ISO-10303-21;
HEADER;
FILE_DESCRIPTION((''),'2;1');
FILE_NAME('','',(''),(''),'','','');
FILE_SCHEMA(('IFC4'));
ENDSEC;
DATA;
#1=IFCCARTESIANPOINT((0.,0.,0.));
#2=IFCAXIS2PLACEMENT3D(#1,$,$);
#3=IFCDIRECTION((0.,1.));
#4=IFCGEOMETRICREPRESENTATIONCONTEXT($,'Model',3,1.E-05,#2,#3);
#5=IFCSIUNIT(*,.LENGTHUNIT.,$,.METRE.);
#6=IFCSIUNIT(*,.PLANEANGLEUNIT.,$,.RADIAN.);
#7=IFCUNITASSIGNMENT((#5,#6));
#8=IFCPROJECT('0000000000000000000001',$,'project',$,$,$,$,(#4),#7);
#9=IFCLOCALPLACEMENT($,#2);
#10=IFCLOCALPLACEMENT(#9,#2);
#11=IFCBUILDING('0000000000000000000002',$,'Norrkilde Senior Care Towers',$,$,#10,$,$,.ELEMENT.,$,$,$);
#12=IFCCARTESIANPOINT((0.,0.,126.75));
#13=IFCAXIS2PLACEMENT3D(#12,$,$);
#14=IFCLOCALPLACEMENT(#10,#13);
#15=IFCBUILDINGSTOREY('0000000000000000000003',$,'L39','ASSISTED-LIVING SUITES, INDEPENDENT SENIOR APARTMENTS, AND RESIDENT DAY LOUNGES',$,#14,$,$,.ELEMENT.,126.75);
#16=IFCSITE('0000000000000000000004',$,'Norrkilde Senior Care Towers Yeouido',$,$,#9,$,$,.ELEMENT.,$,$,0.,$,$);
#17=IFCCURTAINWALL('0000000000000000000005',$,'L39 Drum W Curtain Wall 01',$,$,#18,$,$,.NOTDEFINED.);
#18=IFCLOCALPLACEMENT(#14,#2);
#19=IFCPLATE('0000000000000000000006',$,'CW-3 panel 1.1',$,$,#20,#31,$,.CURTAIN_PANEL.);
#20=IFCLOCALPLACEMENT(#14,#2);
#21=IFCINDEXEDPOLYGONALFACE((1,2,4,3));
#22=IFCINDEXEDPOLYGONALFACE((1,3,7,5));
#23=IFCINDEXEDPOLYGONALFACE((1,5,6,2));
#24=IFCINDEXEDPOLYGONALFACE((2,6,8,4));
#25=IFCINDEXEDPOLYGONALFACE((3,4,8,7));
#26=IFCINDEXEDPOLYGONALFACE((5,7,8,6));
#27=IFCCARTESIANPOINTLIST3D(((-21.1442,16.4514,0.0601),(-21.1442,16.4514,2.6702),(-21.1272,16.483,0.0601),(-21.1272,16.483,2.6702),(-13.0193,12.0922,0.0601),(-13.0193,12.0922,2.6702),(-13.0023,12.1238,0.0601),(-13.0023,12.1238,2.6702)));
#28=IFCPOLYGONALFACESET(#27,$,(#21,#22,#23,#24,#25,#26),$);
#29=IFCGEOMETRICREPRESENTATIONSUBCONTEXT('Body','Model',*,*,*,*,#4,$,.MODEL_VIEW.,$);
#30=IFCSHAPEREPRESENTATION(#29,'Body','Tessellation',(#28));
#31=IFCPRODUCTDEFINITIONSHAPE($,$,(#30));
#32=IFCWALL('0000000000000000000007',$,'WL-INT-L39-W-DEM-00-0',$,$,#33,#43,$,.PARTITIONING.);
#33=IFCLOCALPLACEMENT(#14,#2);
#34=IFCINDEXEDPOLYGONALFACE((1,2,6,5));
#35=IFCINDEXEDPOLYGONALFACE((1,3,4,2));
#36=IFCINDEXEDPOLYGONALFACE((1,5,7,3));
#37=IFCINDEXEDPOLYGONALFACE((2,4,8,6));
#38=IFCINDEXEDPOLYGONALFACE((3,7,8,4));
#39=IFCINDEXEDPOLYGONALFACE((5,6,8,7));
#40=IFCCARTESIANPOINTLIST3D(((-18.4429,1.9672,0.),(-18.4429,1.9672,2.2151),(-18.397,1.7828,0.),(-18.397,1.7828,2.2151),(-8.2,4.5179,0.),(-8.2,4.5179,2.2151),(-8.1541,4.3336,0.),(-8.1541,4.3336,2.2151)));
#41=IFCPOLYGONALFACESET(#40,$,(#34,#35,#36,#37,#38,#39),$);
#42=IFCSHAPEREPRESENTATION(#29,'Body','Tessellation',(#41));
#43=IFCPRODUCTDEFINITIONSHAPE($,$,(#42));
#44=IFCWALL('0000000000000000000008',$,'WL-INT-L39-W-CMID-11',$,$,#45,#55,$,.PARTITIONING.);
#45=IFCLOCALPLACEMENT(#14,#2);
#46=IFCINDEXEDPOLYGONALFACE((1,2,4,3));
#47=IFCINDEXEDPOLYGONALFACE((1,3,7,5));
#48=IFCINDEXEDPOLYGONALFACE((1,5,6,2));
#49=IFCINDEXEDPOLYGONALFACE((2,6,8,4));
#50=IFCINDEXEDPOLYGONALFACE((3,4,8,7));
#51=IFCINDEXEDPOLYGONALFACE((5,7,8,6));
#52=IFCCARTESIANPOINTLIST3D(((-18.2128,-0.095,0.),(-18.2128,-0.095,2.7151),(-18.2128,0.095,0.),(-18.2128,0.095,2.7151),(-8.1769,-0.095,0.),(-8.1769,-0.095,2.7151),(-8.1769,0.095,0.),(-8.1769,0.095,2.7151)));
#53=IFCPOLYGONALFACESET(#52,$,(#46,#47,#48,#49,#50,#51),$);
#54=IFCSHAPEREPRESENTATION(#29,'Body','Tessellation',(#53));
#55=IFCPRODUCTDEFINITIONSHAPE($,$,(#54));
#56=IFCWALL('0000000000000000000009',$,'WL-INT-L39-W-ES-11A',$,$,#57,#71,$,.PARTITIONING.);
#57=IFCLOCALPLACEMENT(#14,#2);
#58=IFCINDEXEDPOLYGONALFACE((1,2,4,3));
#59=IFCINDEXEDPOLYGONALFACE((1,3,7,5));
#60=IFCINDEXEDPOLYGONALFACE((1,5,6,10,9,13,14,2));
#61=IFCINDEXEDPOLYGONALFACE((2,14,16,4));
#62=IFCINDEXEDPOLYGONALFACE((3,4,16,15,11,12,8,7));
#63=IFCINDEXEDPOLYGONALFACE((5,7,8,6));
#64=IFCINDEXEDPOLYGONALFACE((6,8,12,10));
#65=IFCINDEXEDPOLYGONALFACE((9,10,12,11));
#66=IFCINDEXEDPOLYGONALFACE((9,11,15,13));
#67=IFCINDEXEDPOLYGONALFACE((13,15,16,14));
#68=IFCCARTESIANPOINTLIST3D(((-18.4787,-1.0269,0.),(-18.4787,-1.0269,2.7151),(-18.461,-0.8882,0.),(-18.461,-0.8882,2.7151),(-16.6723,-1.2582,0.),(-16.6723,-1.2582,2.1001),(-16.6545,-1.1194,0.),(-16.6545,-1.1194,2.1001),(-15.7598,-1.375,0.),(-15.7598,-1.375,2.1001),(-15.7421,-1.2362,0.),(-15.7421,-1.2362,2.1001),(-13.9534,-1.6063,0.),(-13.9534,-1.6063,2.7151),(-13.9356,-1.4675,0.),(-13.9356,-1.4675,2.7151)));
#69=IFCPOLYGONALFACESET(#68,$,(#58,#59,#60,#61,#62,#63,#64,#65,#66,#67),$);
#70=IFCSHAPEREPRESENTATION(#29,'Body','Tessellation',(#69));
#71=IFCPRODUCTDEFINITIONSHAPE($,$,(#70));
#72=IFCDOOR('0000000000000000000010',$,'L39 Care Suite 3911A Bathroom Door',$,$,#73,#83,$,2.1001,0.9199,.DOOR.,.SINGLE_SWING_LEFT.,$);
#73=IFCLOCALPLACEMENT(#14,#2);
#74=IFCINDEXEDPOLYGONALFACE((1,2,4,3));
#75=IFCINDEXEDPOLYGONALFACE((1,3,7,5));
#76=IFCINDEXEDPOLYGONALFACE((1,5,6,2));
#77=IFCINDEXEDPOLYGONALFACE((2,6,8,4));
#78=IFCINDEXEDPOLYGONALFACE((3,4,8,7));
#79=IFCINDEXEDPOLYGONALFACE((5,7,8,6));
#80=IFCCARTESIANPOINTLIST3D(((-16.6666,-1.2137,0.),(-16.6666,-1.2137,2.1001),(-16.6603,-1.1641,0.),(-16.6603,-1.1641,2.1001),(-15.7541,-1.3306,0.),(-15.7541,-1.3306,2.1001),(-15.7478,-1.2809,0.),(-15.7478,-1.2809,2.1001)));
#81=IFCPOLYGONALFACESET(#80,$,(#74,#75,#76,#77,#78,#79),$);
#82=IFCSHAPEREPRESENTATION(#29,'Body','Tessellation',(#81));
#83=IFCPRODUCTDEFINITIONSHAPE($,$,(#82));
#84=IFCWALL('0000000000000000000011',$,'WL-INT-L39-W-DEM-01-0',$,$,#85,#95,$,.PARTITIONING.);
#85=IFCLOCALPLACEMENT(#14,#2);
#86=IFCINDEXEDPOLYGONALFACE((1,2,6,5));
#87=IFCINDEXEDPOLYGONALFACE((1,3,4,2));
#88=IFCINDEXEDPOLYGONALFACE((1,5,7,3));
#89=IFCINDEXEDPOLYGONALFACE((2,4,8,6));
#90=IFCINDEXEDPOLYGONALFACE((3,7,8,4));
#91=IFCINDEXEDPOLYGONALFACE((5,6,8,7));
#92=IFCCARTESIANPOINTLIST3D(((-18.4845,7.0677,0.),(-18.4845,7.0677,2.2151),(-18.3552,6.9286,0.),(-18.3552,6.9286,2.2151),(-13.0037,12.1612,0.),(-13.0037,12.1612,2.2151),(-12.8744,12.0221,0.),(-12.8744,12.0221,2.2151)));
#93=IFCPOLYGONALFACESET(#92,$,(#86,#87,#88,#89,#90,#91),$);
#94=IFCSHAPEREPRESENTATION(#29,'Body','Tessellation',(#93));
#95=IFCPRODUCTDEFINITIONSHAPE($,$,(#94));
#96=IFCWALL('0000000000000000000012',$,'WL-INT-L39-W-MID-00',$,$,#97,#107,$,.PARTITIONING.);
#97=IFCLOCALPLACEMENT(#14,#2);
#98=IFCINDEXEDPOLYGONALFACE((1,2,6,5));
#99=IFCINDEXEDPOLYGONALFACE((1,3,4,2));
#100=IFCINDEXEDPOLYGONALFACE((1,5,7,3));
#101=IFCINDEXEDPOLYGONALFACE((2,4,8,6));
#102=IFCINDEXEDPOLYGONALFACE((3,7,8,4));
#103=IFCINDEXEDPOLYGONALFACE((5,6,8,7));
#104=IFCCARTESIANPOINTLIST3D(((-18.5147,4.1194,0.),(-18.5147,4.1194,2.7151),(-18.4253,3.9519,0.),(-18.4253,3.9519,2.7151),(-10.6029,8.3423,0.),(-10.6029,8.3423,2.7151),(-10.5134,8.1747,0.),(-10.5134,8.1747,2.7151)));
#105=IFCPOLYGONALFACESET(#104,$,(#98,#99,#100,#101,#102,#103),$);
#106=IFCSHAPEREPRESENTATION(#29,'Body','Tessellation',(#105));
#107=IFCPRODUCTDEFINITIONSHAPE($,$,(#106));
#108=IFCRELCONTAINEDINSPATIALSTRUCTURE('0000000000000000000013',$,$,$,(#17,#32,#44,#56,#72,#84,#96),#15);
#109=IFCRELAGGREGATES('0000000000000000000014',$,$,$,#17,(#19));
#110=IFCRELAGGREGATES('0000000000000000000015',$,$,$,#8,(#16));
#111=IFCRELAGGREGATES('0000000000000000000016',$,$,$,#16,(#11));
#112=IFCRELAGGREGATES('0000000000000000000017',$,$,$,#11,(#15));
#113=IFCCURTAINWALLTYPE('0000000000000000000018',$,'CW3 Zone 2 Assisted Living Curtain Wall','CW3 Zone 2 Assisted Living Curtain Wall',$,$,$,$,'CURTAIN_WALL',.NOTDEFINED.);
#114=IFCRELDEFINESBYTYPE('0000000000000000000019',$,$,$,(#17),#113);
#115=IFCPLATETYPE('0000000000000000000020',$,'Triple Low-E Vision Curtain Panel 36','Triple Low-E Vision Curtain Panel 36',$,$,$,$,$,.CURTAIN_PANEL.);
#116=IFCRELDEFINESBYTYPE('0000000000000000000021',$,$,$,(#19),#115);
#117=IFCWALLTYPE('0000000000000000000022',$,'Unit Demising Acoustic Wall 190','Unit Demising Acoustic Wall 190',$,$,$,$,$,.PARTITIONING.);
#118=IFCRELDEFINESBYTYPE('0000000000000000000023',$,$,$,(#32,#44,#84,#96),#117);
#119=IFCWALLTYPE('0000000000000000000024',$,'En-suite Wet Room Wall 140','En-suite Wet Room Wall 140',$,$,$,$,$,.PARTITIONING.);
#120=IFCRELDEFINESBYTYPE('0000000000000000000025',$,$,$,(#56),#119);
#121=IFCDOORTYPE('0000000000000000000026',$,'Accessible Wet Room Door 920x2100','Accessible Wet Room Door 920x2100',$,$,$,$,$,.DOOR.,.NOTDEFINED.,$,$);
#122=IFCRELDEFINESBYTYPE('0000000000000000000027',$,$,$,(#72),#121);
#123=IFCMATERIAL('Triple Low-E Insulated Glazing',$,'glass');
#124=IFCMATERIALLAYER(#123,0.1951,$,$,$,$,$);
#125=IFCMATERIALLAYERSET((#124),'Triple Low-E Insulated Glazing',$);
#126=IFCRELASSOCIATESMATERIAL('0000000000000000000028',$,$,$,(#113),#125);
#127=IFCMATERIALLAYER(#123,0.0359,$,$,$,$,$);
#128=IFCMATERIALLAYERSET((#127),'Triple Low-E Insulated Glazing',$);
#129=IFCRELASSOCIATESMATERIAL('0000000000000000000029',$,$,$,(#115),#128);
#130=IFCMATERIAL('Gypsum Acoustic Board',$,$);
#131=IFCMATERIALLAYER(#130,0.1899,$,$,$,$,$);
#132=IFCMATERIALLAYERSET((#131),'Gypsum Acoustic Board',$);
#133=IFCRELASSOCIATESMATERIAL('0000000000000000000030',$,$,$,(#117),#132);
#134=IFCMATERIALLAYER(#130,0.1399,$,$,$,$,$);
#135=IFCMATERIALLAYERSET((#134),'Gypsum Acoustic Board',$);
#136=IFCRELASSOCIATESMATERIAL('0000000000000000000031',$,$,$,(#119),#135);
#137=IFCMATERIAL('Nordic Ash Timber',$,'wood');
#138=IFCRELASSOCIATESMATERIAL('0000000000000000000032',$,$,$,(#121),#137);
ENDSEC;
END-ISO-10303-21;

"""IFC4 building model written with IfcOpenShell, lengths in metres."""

from ifc_helpers import new_model, si_unit, direction, frame, frame_2d, origin, origin_2d, place, context, subcontext, project, spatial, rectangle, extrude, source, transform, mapped, material, layer, layer_set, type_object, type_shapes, element, fill, aggregate, save


model = new_model("IFC4")

# Units and contexts
model_context = context("Model", 3, precision=1e-05, world=origin(), true_north=direction((0.0, 1.0)))
body_context = subcontext(model_context, "Body", "Model", "MODEL_VIEW")
ifc_project = project(units=[si_unit("LENGTHUNIT", "METRE"), si_unit("PLANEANGLEUNIT", "RADIAN")], contexts=[model_context])

# Site, building, storey
site_placement = place(None, origin())
site = spatial("IfcSite", under=ifc_project, at=site_placement, Name="Norrkilde Senior Care Towers Yeouido", CompositionType="ELEMENT", RefElevation=0.0)
building_placement = place(site_placement, origin())
building = spatial("IfcBuilding", under=site, at=building_placement, Name="Norrkilde Senior Care Towers", CompositionType="ELEMENT")
storey_placement = place(building_placement, frame((0.0, 0.0, 126.75)))
storey = spatial("IfcBuildingStorey", under=building, at=storey_placement, Name="L39", Description="ASSISTED-LIVING SUITES, INDEPENDENT SENIOR APARTMENTS, AND RESIDENT DAY LOUNGES", CompositionType="ELEMENT", Elevation=126.75)

# Shared definitions
ifc_material_1 = material(Name="Triple Low-E Insulated Glazing", Category="glass")
ifc_layer_1 = layer(ifc_material_1, 0.1951)
ifc_layer_set_1 = layer_set([ifc_layer_1], Name="Triple Low-E Insulated Glazing")
curtain_wall_type = type_object("IfcCurtainWallType", Name="CW3 Zone 2 Assisted Living Curtain Wall", Description="CW3 Zone 2 Assisted Living Curtain Wall", ElementType="CURTAIN_WALL", PredefinedType="NOTDEFINED", material=ifc_layer_set_1)

# Curtain wall, plate
curtain_wall_1_placement = place(storey_placement, origin())
curtain_wall_1 = element("IfcCurtainWall", 1, at=curtain_wall_1_placement, inside=storey, type_object=curtain_wall_type, Name="L39 Drum W Curtain Wall 01", PredefinedType="NOTDEFINED")
ifc_layer_2 = layer(ifc_material_1, 0.0359)
ifc_layer_set_2 = layer_set([ifc_layer_2], Name="Triple Low-E Insulated Glazing")
plate_type = type_object("IfcPlateType", Name="Triple Low-E Vision Curtain Panel 36", Description="Triple Low-E Vision Curtain Panel 36", PredefinedType="CURTAIN_PANEL", material=ifc_layer_set_2)
shared_shape_1 = source(origin(), body_context, "Body", "SweptSolid", [
    extrude(rectangle(XDim=9.2205, YDim=0.0359, at=origin_2d()), origin(), (0.0, 0.0, 1.0), 2.6101),
])
type_shapes(plate_type, [shared_shape_1])
plate_placement = place(storey_placement, frame((-17.0732, 14.2876, 0.0601), z_axis=(0.0, 0.0, 1.0), x_axis=(0.881186, -0.472769, 0.0)))
plate = element("IfcPlate", 2, at=plate_placement, type_object=plate_type, Name="CW-3 panel 1.1", PredefinedType="CURTAIN_PANEL", context=body_context, shape_type="MappedRepresentation", body=[
    mapped(shared_shape_1, transform((0.0, 0.0, 0.0), x_axis=(1.0, 0.0, 0.0), y_axis=(0.0, 1.0, 0.0), z_axis=(0.0, 0.0, 1.0), scale=1.0)),
])
aggregate(curtain_wall_1, [plate])

# Shared definitions
ifc_material_2 = material(Name="Gypsum Acoustic Board")
ifc_material_3 = material(Name="Nordic Ash Timber", Category="wood")

# Walls
ifc_layer_3 = layer(ifc_material_2, 0.1899)
ifc_layer_set_3 = layer_set([ifc_layer_3], Name="Gypsum Acoustic Board")
wall_type_1 = type_object("IfcWallType", Name="Unit Demising Acoustic Wall 190", Description="Unit Demising Acoustic Wall 190", PredefinedType="PARTITIONING", material=ifc_layer_set_3)
shared_shape_2 = source(origin(), body_context, "Body", "SweptSolid", [
    extrude(rectangle(XDim=10.5557, YDim=0.1899, at=frame_2d((5.2778, 0.0))), origin(), (0.0, 0.0, 1.0), 2.2151),
])
wall_1_placement = place(storey_placement, frame((-18.4199, 1.875, 0.0), z_axis=(0.0, 0.0, 1.0), x_axis=(0.970364, 0.241648, 0.0)))
element("IfcWall", 3, at=wall_1_placement, inside=storey, type_object=wall_type_1, Name="WL-INT-L39-W-DEM-00-0", PredefinedType="PARTITIONING", context=body_context, shape_type="MappedRepresentation", body=[
    mapped(shared_shape_2, transform((0.0, 0.0, 0.0), x_axis=(1.0, 0.0, 0.0), y_axis=(0.0, 1.0, 0.0), z_axis=(0.0, 0.0, 1.0), scale=1.0)),
])
shared_shape_3 = source(origin(), body_context, "Body", "SweptSolid", [
    extrude(rectangle(XDim=10.0359, YDim=0.1899, at=frame_2d((5.0181, 0.0))), origin(), (0.0, 0.0, 1.0), 2.7151),
])
wall_2_placement = place(storey_placement, frame((-18.2129, 0.0, 0.0), z_axis=(0.0, 0.0, 1.0), x_axis=(1.0, 0.0, 0.0)))
element("IfcWall", 4, at=wall_2_placement, inside=storey, type_object=wall_type_1, Name="WL-INT-L39-W-CMID-11", PredefinedType="PARTITIONING", context=body_context, shape_type="MappedRepresentation", body=[
    mapped(shared_shape_3, transform((0.0, 0.0, 0.0), x_axis=(1.0, 0.0, 0.0), y_axis=(0.0, 1.0, 0.0), z_axis=(0.0, 0.0, 1.0), scale=1.0)),
])

# Wall, opening, door
ifc_layer_4 = layer(ifc_material_2, 0.1399)
ifc_layer_set_4 = layer_set([ifc_layer_4], Name="Gypsum Acoustic Board")
wall_type_2 = type_object("IfcWallType", Name="En-suite Wet Room Wall 140", Description="En-suite Wet Room Wall 140", PredefinedType="PARTITIONING", material=ifc_layer_set_4)
shared_shape_4 = source(origin(), body_context, "Body", "SweptSolid", [
    extrude(rectangle(XDim=4.5623, YDim=0.1399, at=frame_2d((2.2812, 0.0))), origin(), (0.0, 0.0, 1.0), 2.7151),
])
type_shapes(wall_type_2, [shared_shape_4])
wall_3_placement = place(storey_placement, frame((-18.47, -0.9575, 0.0), z_axis=(0.0, 0.0, 1.0), x_axis=(0.991905, -0.126985, 0.0)))
wall_3 = element("IfcWall", 5, at=wall_3_placement, inside=storey, type_object=wall_type_2, Name="WL-INT-L39-W-ES-11A", PredefinedType="PARTITIONING", context=body_context, shape_type="MappedRepresentation", body=[
    mapped(shared_shape_4, transform((0.0, 0.0, 0.0), x_axis=(1.0, 0.0, 0.0), y_axis=(0.0, 1.0, 0.0), z_axis=(0.0, 0.0, 1.0), scale=1.0)),
])
opening_1_placement = place(wall_3_placement, frame((1.8213, 0.0, 0.0)))
opening_1 = element("IfcOpeningElement", 6, at=opening_1_placement, cuts=wall_3, PredefinedType="OPENING", context=body_context, shape_type="SweptSolid", body=[
    extrude(rectangle(XDim=0.9199, YDim=2.1001, at=frame_2d((0.46, 1.05))), frame((0.0, 0.0798, 0.0), z_axis=(0.0, -1.0, 0.0), x_axis=(1.0, 0.0, 0.0)), (0.0, 0.0, 1.0), 0.1599),
])
door_type_1 = type_object("IfcDoorType", Name="Accessible Wet Room Door 920x2100", Description="Accessible Wet Room Door 920x2100", OperationType="NOTDEFINED", PredefinedType="DOOR", material=ifc_material_3)
shared_shape_5 = source(origin(), body_context, "Body", "SweptSolid", [
    extrude(rectangle(XDim=0.9199, YDim=2.1001, at=frame_2d((0.46, 1.05))), frame((0.0, 0.0249, 0.0), z_axis=(0.0, -1.0, 0.0), x_axis=(1.0, 0.0, 0.0)), (0.0, 0.0, 1.0), 0.05),
])
type_shapes(door_type_1, [shared_shape_5])
door_1_placement = place(opening_1_placement, origin())
door_1 = element("IfcDoor", 7, at=door_1_placement, inside=storey, type_object=door_type_1, Name="L39 Care Suite 3911A Bathroom Door", OperationType="SINGLE_SWING_LEFT", OverallHeight=2.1001, OverallWidth=0.9199, PredefinedType="DOOR", context=body_context, shape_type="MappedRepresentation", body=[
    mapped(shared_shape_5, transform((0.0, 0.0, 0.0), x_axis=(1.0, 0.0, 0.0), y_axis=(0.0, 1.0, 0.0), z_axis=(0.0, 0.0, 1.0), scale=1.0)),
])
fill(opening_1, door_1)

# Walls
shared_shape_6 = source(origin(), body_context, "Body", "SweptSolid", [
    extrude(rectangle(XDim=7.4822, YDim=0.1899, at=frame_2d((3.7412, 0.0))), origin(), (0.0, 0.0, 1.0), 2.2151),
])
wall_4_placement = place(storey_placement, frame((-18.4199, 6.998, 0.0), z_axis=(0.0, 0.0, 1.0), x_axis=(0.732509, 0.680758, 0.0)))
element("IfcWall", 8, at=wall_4_placement, inside=storey, type_object=wall_type_1, Name="WL-INT-L39-W-DEM-01-0", PredefinedType="PARTITIONING", context=body_context, shape_type="MappedRepresentation", body=[
    mapped(shared_shape_6, transform((0.0, 0.0, 0.0), x_axis=(1.0, 0.0, 0.0), y_axis=(0.0, 1.0, 0.0), z_axis=(0.0, 0.0, 1.0), scale=1.0)),
])
shared_shape_7 = source(origin(), body_context, "Body", "SweptSolid", [
    extrude(rectangle(XDim=8.9683, YDim=0.1899, at=frame_2d((4.4841, 0.0))), origin(), (0.0, 0.0, 1.0), 2.7151),
])
type_shapes(wall_type_1, [shared_shape_2, shared_shape_3, shared_shape_6, shared_shape_7])
wall_5_placement = place(storey_placement, frame((-18.47, 4.0356, 0.0), z_axis=(0.0, 0.0, 1.0), x_axis=(0.882203, 0.470869, 0.0)))
element("IfcWall", 9, at=wall_5_placement, inside=storey, type_object=wall_type_1, Name="WL-INT-L39-W-MID-00", PredefinedType="PARTITIONING", context=body_context, shape_type="MappedRepresentation", body=[
    mapped(shared_shape_7, transform((0.0, 0.0, 0.0), x_axis=(1.0, 0.0, 0.0), y_axis=(0.0, 1.0, 0.0), z_axis=(0.0, 0.0, 1.0), scale=1.0)),
])

save(model, "model.ifc")
